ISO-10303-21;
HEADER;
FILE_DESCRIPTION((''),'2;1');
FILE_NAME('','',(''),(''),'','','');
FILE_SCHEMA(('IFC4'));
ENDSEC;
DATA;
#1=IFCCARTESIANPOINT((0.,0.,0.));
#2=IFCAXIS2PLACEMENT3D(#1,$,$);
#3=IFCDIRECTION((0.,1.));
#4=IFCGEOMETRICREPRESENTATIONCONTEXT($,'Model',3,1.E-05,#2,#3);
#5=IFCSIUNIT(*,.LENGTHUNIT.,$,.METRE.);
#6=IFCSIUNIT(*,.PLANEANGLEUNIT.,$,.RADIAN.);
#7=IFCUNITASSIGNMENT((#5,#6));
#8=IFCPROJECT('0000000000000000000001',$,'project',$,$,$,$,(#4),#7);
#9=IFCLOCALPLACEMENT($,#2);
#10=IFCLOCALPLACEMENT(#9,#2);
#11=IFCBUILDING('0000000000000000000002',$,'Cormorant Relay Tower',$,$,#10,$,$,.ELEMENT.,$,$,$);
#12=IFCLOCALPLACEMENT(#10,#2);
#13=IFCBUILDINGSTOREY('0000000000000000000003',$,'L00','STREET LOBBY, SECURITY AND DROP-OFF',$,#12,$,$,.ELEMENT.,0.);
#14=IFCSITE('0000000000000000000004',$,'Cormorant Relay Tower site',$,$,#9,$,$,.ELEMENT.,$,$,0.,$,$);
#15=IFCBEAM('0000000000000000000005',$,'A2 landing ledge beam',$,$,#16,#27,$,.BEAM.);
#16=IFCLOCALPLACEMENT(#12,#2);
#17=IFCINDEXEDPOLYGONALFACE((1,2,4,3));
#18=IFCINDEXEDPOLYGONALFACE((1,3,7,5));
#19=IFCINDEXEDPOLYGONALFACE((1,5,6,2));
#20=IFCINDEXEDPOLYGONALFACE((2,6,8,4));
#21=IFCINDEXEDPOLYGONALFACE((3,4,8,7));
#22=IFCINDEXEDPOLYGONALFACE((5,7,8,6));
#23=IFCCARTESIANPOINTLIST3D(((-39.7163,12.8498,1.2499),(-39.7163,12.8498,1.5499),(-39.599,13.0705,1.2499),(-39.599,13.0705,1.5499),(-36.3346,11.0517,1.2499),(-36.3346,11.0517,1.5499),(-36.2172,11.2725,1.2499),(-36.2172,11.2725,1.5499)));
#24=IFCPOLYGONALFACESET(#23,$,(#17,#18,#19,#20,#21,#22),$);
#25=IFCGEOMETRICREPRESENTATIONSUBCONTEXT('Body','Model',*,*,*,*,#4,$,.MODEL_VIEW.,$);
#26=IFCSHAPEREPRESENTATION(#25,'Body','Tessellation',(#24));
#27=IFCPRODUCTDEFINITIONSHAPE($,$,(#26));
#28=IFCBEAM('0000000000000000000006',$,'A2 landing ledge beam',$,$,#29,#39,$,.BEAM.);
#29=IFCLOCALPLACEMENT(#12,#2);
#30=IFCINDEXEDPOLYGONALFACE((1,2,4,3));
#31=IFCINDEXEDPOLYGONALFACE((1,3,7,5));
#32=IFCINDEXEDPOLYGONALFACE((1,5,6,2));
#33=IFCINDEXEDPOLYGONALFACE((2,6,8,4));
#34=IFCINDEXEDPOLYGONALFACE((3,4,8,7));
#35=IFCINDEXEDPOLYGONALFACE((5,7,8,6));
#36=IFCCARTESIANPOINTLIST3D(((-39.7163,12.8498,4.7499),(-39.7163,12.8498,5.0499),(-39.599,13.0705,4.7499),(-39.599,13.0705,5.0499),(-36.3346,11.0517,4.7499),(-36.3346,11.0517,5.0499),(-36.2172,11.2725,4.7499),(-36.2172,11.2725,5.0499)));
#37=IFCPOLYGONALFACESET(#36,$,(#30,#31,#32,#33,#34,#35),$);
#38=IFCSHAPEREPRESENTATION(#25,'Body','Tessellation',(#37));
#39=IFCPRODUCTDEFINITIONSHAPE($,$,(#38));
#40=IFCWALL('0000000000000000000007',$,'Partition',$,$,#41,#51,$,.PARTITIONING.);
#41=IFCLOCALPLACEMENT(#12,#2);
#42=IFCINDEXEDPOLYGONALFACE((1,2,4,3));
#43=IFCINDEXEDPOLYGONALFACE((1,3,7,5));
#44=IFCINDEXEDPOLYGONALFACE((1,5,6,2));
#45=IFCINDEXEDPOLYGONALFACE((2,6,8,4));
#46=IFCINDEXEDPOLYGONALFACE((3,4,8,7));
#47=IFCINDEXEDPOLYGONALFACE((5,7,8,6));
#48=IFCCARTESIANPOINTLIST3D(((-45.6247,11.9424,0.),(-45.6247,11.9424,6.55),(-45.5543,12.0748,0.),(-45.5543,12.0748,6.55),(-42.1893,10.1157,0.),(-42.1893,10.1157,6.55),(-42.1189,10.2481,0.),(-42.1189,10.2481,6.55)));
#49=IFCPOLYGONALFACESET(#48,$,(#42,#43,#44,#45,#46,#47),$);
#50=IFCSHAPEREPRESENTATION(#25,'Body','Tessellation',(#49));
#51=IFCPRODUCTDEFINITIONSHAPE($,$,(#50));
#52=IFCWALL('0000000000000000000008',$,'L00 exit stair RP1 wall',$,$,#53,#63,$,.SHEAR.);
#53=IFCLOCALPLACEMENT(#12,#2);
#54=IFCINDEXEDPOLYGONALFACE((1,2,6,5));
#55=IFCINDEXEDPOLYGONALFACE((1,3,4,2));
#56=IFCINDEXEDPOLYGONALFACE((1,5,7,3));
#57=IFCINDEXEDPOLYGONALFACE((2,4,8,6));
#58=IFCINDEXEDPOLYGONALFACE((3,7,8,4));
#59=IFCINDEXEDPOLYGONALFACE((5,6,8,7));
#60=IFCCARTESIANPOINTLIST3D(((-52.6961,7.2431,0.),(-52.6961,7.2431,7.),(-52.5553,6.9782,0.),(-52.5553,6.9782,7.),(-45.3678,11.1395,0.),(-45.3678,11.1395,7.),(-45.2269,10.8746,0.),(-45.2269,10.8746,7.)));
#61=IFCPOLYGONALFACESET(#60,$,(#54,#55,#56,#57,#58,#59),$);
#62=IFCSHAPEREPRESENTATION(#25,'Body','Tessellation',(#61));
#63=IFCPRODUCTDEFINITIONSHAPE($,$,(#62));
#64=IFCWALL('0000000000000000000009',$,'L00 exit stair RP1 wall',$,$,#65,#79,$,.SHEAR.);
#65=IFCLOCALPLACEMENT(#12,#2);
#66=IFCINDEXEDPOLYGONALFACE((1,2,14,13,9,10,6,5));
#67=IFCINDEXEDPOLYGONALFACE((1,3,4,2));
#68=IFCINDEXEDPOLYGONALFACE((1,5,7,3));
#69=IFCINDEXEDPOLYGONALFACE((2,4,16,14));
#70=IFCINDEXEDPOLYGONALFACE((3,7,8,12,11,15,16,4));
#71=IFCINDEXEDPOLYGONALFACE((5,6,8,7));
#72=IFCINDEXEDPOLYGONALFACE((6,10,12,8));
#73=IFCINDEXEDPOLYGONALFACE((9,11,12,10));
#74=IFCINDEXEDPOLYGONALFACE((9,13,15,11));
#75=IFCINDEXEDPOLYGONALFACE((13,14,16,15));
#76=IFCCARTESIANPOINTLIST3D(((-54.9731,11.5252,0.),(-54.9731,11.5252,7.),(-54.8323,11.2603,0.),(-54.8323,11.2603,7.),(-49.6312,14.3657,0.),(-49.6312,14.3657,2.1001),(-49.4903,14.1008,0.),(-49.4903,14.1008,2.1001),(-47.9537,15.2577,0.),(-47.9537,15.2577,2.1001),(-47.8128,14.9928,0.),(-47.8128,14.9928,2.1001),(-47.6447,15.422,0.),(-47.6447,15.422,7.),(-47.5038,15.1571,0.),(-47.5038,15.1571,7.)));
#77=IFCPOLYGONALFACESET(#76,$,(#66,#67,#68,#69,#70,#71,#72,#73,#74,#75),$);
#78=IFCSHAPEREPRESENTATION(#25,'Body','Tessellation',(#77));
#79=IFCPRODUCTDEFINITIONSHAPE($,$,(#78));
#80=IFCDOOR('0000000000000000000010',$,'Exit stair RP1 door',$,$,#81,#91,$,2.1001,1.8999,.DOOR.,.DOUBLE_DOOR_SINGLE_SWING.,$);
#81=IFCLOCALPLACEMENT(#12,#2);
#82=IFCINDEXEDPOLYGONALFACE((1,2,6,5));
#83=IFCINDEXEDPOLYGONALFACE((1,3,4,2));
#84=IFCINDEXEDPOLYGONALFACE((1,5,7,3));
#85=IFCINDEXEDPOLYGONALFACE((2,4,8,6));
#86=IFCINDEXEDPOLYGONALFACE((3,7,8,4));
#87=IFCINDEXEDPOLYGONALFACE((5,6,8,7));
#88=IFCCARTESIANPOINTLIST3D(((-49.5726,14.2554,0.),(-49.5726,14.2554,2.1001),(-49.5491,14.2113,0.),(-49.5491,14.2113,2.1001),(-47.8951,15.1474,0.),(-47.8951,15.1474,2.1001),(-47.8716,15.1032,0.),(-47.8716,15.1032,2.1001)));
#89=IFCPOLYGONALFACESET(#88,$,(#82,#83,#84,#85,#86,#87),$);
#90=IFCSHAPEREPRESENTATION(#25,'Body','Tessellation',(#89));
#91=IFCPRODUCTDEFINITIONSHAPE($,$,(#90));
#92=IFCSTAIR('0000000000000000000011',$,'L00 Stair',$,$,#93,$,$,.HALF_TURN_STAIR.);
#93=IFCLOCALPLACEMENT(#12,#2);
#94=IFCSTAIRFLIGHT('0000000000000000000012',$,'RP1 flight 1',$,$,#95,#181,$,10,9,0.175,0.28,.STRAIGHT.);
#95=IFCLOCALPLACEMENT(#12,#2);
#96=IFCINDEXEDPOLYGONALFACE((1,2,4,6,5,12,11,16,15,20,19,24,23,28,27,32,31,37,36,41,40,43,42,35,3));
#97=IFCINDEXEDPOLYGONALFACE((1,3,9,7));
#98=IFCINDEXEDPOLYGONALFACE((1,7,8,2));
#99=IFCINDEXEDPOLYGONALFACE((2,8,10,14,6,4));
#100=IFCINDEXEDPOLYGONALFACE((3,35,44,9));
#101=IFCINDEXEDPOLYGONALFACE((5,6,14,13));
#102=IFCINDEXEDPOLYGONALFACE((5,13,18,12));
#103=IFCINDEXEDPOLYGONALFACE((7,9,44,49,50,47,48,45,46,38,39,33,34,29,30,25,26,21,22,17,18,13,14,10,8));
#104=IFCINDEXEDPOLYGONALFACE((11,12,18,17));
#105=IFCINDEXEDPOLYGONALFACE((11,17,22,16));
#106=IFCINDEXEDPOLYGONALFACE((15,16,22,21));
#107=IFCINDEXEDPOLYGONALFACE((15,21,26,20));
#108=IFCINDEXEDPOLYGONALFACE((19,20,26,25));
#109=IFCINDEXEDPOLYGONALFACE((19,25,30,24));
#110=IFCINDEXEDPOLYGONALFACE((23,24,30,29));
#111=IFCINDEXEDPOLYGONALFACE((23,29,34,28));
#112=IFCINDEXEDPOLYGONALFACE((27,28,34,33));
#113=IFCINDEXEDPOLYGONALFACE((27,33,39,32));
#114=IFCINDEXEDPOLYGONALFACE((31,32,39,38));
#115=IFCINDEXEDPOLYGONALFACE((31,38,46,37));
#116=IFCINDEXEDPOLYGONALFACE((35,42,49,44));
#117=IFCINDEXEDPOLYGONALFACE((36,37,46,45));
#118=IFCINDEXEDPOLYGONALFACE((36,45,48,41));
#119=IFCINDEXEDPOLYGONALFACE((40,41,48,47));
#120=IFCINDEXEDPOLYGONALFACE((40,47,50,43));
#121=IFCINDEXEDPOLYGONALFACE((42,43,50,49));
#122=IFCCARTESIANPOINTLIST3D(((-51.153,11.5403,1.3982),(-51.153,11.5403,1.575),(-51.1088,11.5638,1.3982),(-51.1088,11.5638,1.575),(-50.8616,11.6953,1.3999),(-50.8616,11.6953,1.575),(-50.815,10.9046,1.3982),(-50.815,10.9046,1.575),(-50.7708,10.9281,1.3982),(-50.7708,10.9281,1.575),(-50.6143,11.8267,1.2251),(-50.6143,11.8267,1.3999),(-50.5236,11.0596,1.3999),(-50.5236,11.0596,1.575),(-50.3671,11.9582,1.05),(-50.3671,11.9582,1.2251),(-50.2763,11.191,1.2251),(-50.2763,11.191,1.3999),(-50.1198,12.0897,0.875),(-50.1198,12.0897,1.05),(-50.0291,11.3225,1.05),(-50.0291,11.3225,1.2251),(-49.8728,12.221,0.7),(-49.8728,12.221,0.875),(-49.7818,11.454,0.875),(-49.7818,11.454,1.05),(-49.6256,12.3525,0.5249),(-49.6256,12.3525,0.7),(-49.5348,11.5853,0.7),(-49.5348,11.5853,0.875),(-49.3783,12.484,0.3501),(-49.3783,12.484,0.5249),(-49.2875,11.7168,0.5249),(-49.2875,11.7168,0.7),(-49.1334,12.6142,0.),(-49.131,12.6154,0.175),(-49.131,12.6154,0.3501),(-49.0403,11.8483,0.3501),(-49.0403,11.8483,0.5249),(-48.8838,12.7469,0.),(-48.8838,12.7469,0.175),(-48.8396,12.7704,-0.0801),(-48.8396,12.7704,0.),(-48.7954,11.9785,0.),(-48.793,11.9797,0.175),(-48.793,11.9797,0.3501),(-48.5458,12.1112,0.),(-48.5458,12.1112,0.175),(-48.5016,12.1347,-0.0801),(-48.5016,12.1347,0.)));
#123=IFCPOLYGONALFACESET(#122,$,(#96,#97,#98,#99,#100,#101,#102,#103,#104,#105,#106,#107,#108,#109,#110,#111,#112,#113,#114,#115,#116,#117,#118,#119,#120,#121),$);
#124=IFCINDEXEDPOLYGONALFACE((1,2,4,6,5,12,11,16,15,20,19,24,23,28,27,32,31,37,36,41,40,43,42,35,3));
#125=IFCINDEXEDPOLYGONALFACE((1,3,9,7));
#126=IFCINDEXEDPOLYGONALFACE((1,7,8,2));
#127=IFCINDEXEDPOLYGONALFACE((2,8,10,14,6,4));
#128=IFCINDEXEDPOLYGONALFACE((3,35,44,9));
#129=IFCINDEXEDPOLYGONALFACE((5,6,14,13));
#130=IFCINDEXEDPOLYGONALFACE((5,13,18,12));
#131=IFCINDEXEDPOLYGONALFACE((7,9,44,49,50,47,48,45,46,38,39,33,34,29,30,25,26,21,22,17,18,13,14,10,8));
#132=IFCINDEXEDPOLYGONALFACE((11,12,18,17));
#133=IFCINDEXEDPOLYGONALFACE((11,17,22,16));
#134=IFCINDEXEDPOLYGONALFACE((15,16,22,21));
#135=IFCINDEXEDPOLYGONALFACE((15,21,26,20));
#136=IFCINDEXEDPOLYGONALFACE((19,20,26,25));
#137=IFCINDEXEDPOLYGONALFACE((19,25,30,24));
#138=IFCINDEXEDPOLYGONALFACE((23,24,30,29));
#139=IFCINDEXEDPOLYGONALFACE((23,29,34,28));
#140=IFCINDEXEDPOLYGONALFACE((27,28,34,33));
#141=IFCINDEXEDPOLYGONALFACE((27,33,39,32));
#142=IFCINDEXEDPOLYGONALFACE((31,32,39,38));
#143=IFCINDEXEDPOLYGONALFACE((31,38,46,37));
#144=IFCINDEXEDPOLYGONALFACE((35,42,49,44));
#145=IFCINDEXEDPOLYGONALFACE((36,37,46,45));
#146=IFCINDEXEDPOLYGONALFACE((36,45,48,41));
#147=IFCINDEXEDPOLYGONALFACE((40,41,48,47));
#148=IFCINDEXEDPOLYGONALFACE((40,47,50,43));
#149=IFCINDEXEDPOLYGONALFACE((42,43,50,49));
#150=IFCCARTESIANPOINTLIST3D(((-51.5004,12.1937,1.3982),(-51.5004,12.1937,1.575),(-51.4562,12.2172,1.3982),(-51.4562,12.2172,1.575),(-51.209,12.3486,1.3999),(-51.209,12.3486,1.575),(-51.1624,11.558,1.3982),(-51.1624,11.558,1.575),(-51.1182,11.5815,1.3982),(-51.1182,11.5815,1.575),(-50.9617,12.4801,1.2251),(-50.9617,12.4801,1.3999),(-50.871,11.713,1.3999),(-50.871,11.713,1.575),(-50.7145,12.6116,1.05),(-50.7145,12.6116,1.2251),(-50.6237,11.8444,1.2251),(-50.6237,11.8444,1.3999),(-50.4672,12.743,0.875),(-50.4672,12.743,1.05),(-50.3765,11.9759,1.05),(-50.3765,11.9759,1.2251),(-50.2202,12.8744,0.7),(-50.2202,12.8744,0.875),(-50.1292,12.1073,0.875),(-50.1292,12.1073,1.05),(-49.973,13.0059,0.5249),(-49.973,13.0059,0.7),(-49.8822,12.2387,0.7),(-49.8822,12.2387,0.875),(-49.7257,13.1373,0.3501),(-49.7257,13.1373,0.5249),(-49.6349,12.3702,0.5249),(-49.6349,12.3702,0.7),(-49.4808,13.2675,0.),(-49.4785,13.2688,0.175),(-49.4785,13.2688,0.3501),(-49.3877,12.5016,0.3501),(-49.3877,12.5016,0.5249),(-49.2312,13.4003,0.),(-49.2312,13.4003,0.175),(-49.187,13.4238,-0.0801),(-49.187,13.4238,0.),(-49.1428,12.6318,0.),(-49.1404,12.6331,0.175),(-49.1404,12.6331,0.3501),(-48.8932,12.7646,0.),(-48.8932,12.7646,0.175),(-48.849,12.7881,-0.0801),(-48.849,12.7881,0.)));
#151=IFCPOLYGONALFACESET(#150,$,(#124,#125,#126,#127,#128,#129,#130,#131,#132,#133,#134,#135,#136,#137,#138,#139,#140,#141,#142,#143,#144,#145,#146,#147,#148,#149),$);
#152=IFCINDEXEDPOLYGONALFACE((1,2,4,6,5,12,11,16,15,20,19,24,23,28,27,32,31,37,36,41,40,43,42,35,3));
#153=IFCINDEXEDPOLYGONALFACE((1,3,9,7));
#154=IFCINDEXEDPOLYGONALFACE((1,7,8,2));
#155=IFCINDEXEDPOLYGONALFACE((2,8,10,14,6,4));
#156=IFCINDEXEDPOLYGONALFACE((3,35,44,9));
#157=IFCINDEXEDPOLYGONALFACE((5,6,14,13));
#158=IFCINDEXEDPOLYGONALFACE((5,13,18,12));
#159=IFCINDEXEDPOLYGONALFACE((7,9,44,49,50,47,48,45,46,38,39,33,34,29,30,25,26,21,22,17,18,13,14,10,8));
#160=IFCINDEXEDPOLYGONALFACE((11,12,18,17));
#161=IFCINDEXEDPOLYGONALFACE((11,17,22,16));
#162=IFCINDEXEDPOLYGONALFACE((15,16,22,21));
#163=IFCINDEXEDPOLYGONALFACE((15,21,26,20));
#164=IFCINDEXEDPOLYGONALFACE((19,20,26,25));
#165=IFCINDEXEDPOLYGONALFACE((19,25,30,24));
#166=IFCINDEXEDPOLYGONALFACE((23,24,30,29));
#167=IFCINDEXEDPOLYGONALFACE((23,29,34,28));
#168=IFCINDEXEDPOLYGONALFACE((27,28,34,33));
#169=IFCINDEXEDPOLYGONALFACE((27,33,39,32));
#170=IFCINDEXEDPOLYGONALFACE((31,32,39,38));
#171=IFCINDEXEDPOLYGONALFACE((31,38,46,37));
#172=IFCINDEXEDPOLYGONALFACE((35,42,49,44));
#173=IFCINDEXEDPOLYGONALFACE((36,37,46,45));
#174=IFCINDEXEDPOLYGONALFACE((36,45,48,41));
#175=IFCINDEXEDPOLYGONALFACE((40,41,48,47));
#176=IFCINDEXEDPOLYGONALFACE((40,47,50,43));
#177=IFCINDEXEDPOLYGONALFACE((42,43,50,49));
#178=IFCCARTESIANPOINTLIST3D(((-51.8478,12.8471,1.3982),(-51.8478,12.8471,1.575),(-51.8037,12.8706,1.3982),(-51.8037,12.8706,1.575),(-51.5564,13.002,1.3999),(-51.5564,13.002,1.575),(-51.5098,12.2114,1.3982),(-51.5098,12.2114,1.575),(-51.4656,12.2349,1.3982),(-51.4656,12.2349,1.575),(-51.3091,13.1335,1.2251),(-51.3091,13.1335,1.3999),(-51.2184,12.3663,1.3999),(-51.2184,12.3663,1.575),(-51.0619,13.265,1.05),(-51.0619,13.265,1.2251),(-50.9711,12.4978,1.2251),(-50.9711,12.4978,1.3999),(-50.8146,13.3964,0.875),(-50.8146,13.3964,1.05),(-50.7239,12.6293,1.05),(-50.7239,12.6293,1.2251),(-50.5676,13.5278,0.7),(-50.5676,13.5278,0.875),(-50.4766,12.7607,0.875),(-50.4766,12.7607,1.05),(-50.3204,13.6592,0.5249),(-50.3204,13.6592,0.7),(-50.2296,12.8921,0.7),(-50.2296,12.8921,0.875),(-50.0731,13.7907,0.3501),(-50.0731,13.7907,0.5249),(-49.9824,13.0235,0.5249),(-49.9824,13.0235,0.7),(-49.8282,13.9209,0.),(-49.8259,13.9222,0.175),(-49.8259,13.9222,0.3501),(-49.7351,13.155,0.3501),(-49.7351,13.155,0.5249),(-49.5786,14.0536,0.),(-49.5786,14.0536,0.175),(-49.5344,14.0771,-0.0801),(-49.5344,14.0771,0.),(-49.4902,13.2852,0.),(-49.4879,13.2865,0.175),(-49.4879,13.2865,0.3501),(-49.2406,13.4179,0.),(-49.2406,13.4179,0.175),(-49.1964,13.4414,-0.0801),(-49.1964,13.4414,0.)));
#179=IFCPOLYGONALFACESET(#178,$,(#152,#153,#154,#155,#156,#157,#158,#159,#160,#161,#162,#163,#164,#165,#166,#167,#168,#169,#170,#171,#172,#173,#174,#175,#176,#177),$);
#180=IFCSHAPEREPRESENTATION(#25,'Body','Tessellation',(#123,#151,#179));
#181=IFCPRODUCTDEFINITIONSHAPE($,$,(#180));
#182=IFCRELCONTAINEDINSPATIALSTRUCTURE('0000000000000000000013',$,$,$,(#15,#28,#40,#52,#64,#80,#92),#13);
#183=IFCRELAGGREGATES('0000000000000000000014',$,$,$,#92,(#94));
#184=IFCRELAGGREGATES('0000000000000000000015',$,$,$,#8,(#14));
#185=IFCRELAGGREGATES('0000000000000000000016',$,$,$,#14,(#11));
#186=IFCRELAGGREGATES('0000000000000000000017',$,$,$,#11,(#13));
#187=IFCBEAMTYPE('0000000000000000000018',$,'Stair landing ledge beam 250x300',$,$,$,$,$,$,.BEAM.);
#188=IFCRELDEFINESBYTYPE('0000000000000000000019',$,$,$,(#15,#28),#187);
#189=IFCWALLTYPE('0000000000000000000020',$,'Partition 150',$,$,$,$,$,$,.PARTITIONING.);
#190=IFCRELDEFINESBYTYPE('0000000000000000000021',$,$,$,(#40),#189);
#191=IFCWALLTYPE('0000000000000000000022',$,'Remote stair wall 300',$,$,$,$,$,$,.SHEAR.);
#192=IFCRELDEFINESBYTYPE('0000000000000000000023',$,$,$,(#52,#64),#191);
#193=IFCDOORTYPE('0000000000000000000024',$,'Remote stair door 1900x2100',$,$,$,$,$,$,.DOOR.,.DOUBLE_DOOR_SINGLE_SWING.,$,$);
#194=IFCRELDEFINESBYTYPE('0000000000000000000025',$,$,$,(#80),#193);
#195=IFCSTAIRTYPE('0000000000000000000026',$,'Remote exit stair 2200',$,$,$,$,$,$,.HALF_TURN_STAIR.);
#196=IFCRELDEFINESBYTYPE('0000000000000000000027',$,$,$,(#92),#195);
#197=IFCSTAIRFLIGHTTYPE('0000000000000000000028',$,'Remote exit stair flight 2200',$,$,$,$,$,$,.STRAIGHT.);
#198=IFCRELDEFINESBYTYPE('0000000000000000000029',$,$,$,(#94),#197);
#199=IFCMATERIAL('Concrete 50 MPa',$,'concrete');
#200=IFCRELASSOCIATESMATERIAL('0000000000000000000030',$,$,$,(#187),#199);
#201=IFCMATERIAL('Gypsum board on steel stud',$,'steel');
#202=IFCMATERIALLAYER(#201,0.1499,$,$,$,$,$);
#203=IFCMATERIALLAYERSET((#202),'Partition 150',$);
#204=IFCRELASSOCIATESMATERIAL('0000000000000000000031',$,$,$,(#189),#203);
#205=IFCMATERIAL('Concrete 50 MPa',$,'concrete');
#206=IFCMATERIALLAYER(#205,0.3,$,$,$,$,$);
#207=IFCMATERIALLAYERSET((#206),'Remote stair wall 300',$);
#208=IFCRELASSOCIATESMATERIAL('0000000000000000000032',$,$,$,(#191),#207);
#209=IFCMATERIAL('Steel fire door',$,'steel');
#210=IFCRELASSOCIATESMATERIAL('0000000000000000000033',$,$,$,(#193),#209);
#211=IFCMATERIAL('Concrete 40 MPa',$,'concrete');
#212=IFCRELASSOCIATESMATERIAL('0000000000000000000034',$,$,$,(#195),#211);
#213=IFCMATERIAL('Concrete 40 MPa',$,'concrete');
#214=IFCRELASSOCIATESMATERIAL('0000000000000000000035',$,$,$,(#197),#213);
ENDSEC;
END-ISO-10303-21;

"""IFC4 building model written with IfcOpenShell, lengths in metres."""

from ifc_helpers import new_model, si_unit, direction, frame, frame_2d, origin, origin_2d, place, context, subcontext, project, spatial, polyline, rectangle, outline, extrude, material, layer, layer_set, material_profile, profile_set, type_object, element, fill, aggregate, save


model = new_model("IFC4")

# Units and contexts
model_context = context("Model", 3, precision=1e-05, world=origin(), true_north=direction((0.0, 1.0)))
body_context = subcontext(model_context, "Body", "Model", "MODEL_VIEW")
ifc_project = project(units=[si_unit("LENGTHUNIT", "METRE"), si_unit("PLANEANGLEUNIT", "RADIAN")], contexts=[model_context])

# Site, building, storey
site_placement = place(None, origin())
site = spatial("IfcSite", under=ifc_project, at=site_placement, Name="Cormorant Relay Tower site", CompositionType="ELEMENT", RefElevation=0.0)
building_placement = place(site_placement, origin())
building = spatial("IfcBuilding", under=site, at=building_placement, Name="Cormorant Relay Tower", CompositionType="ELEMENT")
storey_placement = place(building_placement, origin())
storey = spatial("IfcBuildingStorey", under=building, at=storey_placement, Name="L00", Description="STREET LOBBY, SECURITY AND DROP-OFF", CompositionType="ELEMENT", Elevation=0.0)

# Beams
ifc_material_1 = material(Name="Concrete 50 MPa", Category="concrete")
ifc_material_profile = material_profile(ifc_material_1, rectangle(XDim=0.25, YDim=0.3, at=origin_2d()), Name="RC 250x300")
ifc_profile_set = profile_set([ifc_material_profile], Name="Concrete 50 MPa")
beam_type = type_object("IfcBeamType", Name="Stair landing ledge beam 250x300", PredefinedType="BEAM", material=ifc_profile_set)
for number, where, z_axis, x_axis, name in (
    (1, (-36.2759, 11.1621, 1.3999), (-0.882954, 0.46946, 0.0), (-0.46946, -0.882954, 0.0), "A2 landing ledge beam"),
    (2, (-36.2759, 11.1621, 4.8999), (-0.882954, 0.46946, 0.0), (-0.46946, -0.882954, 0.0), "A2 landing ledge beam"),
):
    element("IfcBeam", number, at=place(storey_placement, frame(where, z_axis=z_axis, x_axis=x_axis)), inside=storey, type_object=beam_type, Name=name, PredefinedType="BEAM", context=body_context, shape_type="SweptSolid", body=[
        extrude(rectangle(XDim=0.25, YDim=0.3, at=origin_2d()), origin(), (0.0, 0.0, 1.0), 3.8301),
    ])

# Walls
ifc_material_2 = material(Name="Gypsum board on steel stud", Category="steel")
ifc_layer_1 = layer(ifc_material_2, 0.1499)
ifc_layer_set_1 = layer_set([ifc_layer_1], Name="Partition 150")
wall_type_1 = type_object("IfcWallType", Name="Partition 150", PredefinedType="PARTITIONING", material=ifc_layer_set_1)
wall_1_placement = place(storey_placement, frame((-45.5894, 12.0085, 0.0), z_axis=(0.0, 0.0, 1.0), x_axis=(0.882939, -0.469487, 0.0)))
element("IfcWall", 3, at=wall_1_placement, inside=storey, type_object=wall_type_1, Name="Partition", PredefinedType="PARTITIONING", context=body_context, shape_type="SweptSolid", body=[
    extrude(rectangle(XDim=3.8909, YDim=0.1499, at=frame_2d((1.9453, 0.0))), origin(), (0.0, 0.0, 1.0), 6.55),
])
ifc_material_3 = material(Name="Concrete 50 MPa", Category="concrete")
ifc_layer_2 = layer(ifc_material_3, 0.3)
ifc_layer_set_2 = layer_set([ifc_layer_2], Name="Remote stair wall 300")
wall_type_2 = type_object("IfcWallType", Name="Remote stair wall 300", PredefinedType="SHEAR", material=ifc_layer_set_2)
wall_2_placement = place(storey_placement, frame((-45.2974, 11.0071, 0.0), z_axis=(0.0, 0.0, 1.0), x_axis=(-0.882952, -0.469464, 0.0)))
element("IfcWall", 4, at=wall_2_placement, inside=storey, type_object=wall_type_2, Name="L00 exit stair RP1 wall", PredefinedType="SHEAR", context=body_context, shape_type="SweptSolid", body=[
    extrude(rectangle(XDim=8.2998, YDim=0.3, at=frame_2d((4.1499, 0.0))), origin(), (0.0, 0.0, 1.0), 7.0),
])

# Wall, opening, door
wall_3_placement = place(storey_placement, frame((-54.9026, 11.3928, 0.0), z_axis=(0.0, 0.0, 1.0), x_axis=(0.882939, 0.469487, 0.0)))
wall_3 = element("IfcWall", 5, at=wall_3_placement, inside=storey, type_object=wall_type_2, Name="L00 exit stair RP1 wall", PredefinedType="SHEAR", context=body_context, shape_type="SweptSolid", body=[
    extrude(rectangle(XDim=8.3, YDim=0.3, at=frame_2d((4.1499, 0.0))), origin(), (0.0, 0.0, 1.0), 7.0),
])
opening_placement = place(wall_3_placement, frame((6.05, 0.0, 0.0)))
opening = element("IfcOpeningElement", 6, at=opening_placement, cuts=wall_3, PredefinedType="OPENING", context=body_context, shape_type="SweptSolid", body=[
    extrude(rectangle(XDim=1.8999, YDim=2.1001, at=frame_2d((0.95, 1.05))), frame((0.0, 0.1599, 0.0), z_axis=(0.0, -1.0, 0.0), x_axis=(1.0, 0.0, 0.0)), (0.0, 0.0, 1.0), 0.3201),
])
ifc_material_4 = material(Name="Steel fire door", Category="steel")
door_type = type_object("IfcDoorType", Name="Remote stair door 1900x2100", OperationType="DOUBLE_DOOR_SINGLE_SWING", PredefinedType="DOOR", material=ifc_material_4)
door_placement = place(opening_placement, frame((1.8999, 0.0, 0.0), z_axis=(0.0, 0.0, 1.0), x_axis=(-1.0, 0.0, 0.0)))
door = element("IfcDoor", 7, at=door_placement, inside=storey, type_object=door_type, Name="Exit stair RP1 door", OperationType="DOUBLE_DOOR_SINGLE_SWING", OverallHeight=2.1001, OverallWidth=1.8999, PredefinedType="DOOR", context=body_context, shape_type="SweptSolid", body=[
    extrude(rectangle(XDim=1.8999, YDim=2.1001, at=frame_2d((0.95, 1.05))), frame((0.0, 0.0249, 0.0), z_axis=(0.0, -1.0, 0.0), x_axis=(1.0, 0.0, 0.0)), (0.0, 0.0, 1.0), 0.05),
])
fill(opening, door)

# Stair, stair flight
ifc_material_5 = material(Name="Concrete 40 MPa", Category="concrete")
stair_type = type_object("IfcStairType", Name="Remote exit stair 2200", PredefinedType="HALF_TURN_STAIR", material=ifc_material_5)
stair_placement = place(storey_placement, origin())
stair = element("IfcStair", 8, at=stair_placement, inside=storey, type_object=stair_type, Name="L00 Stair", PredefinedType="HALF_TURN_STAIR")
ifc_material_6 = material(Name="Concrete 40 MPa", Category="concrete")
stair_flight_type = type_object("IfcStairFlightType", Name="Remote exit stair flight 2200", PredefinedType="STRAIGHT", material=ifc_material_6)
stair_flight_1_placement = place(storey_placement, frame((-49.0623, 13.0825, 0.0), z_axis=(0.0, 0.0, 1.0), x_axis=(-0.882948, -0.469472, 0.0)))
stair_flight_1 = element("IfcStairFlight", 9, at=stair_flight_1_placement, type_object=stair_flight_type, Name="RP1 flight 1", NumberOfRisers=10, NumberOfTreads=9, PredefinedType="STRAIGHT", RiserHeight=0.175, TreadLength=0.28, context=body_context, shape_type="SweptSolid", body=[
    extrude(outline(polyline([(-0.05, -0.0801), (-0.05, 0.0), (0.0, 0.0), (0.0, 0.175), (0.28, 0.175), (0.28, 0.3501), (0.5601, 0.3501), (0.5601, 0.5249), (0.8401, 0.5249), (0.8401, 0.7), (1.1201, 0.7), (1.1201, 0.875), (1.3999, 0.875), (1.3999, 1.05), (1.6799, 1.05), (1.6799, 1.2251), (1.96, 1.2251), (1.96, 1.3999), (2.24, 1.3999), (2.24, 1.575), (2.52, 1.575), (2.5701, 1.575), (2.5701, 1.3982), (2.52, 1.3982), (0.2827, 0.0), (-0.05, -0.0801)])), frame((0.0, 1.1001, 0.0), z_axis=(0.0, -1.0, 0.0), x_axis=(1.0, 0.0, 0.0)), (0.0, 0.0, 1.0), 0.72),
    extrude(outline(polyline([(-0.05, -0.0801), (-0.05, 0.0), (0.0, 0.0), (0.0, 0.175), (0.28, 0.175), (0.28, 0.3501), (0.5601, 0.3501), (0.5601, 0.5249), (0.8401, 0.5249), (0.8401, 0.7), (1.1201, 0.7), (1.1201, 0.875), (1.3999, 0.875), (1.3999, 1.05), (1.6799, 1.05), (1.6799, 1.2251), (1.96, 1.2251), (1.96, 1.3999), (2.24, 1.3999), (2.24, 1.575), (2.52, 1.575), (2.5701, 1.575), (2.5701, 1.3982), (2.52, 1.3982), (0.2827, 0.0), (-0.05, -0.0801)])), frame((0.0, 0.3601, 0.0), z_axis=(0.0, -1.0, 0.0), x_axis=(1.0, 0.0, 0.0)), (0.0, 0.0, 1.0), 0.72),
    extrude(outline(polyline([(-0.05, -0.0801), (-0.05, 0.0), (0.0, 0.0), (0.0, 0.175), (0.28, 0.175), (0.28, 0.3501), (0.5601, 0.3501), (0.5601, 0.5249), (0.8401, 0.5249), (0.8401, 0.7), (1.1201, 0.7), (1.1201, 0.875), (1.3999, 0.875), (1.3999, 1.05), (1.6799, 1.05), (1.6799, 1.2251), (1.96, 1.2251), (1.96, 1.3999), (2.24, 1.3999), (2.24, 1.575), (2.52, 1.575), (2.5701, 1.575), (2.5701, 1.3982), (2.52, 1.3982), (0.2827, 0.0), (-0.05, -0.0801)])), frame((0.0, -0.3799, 0.0), z_axis=(0.0, -1.0, 0.0), x_axis=(1.0, 0.0, 0.0)), (0.0, 0.0, 1.0), 0.72),
])
aggregate(stair, [stair_flight_1])

save(model, "model.ifc")
